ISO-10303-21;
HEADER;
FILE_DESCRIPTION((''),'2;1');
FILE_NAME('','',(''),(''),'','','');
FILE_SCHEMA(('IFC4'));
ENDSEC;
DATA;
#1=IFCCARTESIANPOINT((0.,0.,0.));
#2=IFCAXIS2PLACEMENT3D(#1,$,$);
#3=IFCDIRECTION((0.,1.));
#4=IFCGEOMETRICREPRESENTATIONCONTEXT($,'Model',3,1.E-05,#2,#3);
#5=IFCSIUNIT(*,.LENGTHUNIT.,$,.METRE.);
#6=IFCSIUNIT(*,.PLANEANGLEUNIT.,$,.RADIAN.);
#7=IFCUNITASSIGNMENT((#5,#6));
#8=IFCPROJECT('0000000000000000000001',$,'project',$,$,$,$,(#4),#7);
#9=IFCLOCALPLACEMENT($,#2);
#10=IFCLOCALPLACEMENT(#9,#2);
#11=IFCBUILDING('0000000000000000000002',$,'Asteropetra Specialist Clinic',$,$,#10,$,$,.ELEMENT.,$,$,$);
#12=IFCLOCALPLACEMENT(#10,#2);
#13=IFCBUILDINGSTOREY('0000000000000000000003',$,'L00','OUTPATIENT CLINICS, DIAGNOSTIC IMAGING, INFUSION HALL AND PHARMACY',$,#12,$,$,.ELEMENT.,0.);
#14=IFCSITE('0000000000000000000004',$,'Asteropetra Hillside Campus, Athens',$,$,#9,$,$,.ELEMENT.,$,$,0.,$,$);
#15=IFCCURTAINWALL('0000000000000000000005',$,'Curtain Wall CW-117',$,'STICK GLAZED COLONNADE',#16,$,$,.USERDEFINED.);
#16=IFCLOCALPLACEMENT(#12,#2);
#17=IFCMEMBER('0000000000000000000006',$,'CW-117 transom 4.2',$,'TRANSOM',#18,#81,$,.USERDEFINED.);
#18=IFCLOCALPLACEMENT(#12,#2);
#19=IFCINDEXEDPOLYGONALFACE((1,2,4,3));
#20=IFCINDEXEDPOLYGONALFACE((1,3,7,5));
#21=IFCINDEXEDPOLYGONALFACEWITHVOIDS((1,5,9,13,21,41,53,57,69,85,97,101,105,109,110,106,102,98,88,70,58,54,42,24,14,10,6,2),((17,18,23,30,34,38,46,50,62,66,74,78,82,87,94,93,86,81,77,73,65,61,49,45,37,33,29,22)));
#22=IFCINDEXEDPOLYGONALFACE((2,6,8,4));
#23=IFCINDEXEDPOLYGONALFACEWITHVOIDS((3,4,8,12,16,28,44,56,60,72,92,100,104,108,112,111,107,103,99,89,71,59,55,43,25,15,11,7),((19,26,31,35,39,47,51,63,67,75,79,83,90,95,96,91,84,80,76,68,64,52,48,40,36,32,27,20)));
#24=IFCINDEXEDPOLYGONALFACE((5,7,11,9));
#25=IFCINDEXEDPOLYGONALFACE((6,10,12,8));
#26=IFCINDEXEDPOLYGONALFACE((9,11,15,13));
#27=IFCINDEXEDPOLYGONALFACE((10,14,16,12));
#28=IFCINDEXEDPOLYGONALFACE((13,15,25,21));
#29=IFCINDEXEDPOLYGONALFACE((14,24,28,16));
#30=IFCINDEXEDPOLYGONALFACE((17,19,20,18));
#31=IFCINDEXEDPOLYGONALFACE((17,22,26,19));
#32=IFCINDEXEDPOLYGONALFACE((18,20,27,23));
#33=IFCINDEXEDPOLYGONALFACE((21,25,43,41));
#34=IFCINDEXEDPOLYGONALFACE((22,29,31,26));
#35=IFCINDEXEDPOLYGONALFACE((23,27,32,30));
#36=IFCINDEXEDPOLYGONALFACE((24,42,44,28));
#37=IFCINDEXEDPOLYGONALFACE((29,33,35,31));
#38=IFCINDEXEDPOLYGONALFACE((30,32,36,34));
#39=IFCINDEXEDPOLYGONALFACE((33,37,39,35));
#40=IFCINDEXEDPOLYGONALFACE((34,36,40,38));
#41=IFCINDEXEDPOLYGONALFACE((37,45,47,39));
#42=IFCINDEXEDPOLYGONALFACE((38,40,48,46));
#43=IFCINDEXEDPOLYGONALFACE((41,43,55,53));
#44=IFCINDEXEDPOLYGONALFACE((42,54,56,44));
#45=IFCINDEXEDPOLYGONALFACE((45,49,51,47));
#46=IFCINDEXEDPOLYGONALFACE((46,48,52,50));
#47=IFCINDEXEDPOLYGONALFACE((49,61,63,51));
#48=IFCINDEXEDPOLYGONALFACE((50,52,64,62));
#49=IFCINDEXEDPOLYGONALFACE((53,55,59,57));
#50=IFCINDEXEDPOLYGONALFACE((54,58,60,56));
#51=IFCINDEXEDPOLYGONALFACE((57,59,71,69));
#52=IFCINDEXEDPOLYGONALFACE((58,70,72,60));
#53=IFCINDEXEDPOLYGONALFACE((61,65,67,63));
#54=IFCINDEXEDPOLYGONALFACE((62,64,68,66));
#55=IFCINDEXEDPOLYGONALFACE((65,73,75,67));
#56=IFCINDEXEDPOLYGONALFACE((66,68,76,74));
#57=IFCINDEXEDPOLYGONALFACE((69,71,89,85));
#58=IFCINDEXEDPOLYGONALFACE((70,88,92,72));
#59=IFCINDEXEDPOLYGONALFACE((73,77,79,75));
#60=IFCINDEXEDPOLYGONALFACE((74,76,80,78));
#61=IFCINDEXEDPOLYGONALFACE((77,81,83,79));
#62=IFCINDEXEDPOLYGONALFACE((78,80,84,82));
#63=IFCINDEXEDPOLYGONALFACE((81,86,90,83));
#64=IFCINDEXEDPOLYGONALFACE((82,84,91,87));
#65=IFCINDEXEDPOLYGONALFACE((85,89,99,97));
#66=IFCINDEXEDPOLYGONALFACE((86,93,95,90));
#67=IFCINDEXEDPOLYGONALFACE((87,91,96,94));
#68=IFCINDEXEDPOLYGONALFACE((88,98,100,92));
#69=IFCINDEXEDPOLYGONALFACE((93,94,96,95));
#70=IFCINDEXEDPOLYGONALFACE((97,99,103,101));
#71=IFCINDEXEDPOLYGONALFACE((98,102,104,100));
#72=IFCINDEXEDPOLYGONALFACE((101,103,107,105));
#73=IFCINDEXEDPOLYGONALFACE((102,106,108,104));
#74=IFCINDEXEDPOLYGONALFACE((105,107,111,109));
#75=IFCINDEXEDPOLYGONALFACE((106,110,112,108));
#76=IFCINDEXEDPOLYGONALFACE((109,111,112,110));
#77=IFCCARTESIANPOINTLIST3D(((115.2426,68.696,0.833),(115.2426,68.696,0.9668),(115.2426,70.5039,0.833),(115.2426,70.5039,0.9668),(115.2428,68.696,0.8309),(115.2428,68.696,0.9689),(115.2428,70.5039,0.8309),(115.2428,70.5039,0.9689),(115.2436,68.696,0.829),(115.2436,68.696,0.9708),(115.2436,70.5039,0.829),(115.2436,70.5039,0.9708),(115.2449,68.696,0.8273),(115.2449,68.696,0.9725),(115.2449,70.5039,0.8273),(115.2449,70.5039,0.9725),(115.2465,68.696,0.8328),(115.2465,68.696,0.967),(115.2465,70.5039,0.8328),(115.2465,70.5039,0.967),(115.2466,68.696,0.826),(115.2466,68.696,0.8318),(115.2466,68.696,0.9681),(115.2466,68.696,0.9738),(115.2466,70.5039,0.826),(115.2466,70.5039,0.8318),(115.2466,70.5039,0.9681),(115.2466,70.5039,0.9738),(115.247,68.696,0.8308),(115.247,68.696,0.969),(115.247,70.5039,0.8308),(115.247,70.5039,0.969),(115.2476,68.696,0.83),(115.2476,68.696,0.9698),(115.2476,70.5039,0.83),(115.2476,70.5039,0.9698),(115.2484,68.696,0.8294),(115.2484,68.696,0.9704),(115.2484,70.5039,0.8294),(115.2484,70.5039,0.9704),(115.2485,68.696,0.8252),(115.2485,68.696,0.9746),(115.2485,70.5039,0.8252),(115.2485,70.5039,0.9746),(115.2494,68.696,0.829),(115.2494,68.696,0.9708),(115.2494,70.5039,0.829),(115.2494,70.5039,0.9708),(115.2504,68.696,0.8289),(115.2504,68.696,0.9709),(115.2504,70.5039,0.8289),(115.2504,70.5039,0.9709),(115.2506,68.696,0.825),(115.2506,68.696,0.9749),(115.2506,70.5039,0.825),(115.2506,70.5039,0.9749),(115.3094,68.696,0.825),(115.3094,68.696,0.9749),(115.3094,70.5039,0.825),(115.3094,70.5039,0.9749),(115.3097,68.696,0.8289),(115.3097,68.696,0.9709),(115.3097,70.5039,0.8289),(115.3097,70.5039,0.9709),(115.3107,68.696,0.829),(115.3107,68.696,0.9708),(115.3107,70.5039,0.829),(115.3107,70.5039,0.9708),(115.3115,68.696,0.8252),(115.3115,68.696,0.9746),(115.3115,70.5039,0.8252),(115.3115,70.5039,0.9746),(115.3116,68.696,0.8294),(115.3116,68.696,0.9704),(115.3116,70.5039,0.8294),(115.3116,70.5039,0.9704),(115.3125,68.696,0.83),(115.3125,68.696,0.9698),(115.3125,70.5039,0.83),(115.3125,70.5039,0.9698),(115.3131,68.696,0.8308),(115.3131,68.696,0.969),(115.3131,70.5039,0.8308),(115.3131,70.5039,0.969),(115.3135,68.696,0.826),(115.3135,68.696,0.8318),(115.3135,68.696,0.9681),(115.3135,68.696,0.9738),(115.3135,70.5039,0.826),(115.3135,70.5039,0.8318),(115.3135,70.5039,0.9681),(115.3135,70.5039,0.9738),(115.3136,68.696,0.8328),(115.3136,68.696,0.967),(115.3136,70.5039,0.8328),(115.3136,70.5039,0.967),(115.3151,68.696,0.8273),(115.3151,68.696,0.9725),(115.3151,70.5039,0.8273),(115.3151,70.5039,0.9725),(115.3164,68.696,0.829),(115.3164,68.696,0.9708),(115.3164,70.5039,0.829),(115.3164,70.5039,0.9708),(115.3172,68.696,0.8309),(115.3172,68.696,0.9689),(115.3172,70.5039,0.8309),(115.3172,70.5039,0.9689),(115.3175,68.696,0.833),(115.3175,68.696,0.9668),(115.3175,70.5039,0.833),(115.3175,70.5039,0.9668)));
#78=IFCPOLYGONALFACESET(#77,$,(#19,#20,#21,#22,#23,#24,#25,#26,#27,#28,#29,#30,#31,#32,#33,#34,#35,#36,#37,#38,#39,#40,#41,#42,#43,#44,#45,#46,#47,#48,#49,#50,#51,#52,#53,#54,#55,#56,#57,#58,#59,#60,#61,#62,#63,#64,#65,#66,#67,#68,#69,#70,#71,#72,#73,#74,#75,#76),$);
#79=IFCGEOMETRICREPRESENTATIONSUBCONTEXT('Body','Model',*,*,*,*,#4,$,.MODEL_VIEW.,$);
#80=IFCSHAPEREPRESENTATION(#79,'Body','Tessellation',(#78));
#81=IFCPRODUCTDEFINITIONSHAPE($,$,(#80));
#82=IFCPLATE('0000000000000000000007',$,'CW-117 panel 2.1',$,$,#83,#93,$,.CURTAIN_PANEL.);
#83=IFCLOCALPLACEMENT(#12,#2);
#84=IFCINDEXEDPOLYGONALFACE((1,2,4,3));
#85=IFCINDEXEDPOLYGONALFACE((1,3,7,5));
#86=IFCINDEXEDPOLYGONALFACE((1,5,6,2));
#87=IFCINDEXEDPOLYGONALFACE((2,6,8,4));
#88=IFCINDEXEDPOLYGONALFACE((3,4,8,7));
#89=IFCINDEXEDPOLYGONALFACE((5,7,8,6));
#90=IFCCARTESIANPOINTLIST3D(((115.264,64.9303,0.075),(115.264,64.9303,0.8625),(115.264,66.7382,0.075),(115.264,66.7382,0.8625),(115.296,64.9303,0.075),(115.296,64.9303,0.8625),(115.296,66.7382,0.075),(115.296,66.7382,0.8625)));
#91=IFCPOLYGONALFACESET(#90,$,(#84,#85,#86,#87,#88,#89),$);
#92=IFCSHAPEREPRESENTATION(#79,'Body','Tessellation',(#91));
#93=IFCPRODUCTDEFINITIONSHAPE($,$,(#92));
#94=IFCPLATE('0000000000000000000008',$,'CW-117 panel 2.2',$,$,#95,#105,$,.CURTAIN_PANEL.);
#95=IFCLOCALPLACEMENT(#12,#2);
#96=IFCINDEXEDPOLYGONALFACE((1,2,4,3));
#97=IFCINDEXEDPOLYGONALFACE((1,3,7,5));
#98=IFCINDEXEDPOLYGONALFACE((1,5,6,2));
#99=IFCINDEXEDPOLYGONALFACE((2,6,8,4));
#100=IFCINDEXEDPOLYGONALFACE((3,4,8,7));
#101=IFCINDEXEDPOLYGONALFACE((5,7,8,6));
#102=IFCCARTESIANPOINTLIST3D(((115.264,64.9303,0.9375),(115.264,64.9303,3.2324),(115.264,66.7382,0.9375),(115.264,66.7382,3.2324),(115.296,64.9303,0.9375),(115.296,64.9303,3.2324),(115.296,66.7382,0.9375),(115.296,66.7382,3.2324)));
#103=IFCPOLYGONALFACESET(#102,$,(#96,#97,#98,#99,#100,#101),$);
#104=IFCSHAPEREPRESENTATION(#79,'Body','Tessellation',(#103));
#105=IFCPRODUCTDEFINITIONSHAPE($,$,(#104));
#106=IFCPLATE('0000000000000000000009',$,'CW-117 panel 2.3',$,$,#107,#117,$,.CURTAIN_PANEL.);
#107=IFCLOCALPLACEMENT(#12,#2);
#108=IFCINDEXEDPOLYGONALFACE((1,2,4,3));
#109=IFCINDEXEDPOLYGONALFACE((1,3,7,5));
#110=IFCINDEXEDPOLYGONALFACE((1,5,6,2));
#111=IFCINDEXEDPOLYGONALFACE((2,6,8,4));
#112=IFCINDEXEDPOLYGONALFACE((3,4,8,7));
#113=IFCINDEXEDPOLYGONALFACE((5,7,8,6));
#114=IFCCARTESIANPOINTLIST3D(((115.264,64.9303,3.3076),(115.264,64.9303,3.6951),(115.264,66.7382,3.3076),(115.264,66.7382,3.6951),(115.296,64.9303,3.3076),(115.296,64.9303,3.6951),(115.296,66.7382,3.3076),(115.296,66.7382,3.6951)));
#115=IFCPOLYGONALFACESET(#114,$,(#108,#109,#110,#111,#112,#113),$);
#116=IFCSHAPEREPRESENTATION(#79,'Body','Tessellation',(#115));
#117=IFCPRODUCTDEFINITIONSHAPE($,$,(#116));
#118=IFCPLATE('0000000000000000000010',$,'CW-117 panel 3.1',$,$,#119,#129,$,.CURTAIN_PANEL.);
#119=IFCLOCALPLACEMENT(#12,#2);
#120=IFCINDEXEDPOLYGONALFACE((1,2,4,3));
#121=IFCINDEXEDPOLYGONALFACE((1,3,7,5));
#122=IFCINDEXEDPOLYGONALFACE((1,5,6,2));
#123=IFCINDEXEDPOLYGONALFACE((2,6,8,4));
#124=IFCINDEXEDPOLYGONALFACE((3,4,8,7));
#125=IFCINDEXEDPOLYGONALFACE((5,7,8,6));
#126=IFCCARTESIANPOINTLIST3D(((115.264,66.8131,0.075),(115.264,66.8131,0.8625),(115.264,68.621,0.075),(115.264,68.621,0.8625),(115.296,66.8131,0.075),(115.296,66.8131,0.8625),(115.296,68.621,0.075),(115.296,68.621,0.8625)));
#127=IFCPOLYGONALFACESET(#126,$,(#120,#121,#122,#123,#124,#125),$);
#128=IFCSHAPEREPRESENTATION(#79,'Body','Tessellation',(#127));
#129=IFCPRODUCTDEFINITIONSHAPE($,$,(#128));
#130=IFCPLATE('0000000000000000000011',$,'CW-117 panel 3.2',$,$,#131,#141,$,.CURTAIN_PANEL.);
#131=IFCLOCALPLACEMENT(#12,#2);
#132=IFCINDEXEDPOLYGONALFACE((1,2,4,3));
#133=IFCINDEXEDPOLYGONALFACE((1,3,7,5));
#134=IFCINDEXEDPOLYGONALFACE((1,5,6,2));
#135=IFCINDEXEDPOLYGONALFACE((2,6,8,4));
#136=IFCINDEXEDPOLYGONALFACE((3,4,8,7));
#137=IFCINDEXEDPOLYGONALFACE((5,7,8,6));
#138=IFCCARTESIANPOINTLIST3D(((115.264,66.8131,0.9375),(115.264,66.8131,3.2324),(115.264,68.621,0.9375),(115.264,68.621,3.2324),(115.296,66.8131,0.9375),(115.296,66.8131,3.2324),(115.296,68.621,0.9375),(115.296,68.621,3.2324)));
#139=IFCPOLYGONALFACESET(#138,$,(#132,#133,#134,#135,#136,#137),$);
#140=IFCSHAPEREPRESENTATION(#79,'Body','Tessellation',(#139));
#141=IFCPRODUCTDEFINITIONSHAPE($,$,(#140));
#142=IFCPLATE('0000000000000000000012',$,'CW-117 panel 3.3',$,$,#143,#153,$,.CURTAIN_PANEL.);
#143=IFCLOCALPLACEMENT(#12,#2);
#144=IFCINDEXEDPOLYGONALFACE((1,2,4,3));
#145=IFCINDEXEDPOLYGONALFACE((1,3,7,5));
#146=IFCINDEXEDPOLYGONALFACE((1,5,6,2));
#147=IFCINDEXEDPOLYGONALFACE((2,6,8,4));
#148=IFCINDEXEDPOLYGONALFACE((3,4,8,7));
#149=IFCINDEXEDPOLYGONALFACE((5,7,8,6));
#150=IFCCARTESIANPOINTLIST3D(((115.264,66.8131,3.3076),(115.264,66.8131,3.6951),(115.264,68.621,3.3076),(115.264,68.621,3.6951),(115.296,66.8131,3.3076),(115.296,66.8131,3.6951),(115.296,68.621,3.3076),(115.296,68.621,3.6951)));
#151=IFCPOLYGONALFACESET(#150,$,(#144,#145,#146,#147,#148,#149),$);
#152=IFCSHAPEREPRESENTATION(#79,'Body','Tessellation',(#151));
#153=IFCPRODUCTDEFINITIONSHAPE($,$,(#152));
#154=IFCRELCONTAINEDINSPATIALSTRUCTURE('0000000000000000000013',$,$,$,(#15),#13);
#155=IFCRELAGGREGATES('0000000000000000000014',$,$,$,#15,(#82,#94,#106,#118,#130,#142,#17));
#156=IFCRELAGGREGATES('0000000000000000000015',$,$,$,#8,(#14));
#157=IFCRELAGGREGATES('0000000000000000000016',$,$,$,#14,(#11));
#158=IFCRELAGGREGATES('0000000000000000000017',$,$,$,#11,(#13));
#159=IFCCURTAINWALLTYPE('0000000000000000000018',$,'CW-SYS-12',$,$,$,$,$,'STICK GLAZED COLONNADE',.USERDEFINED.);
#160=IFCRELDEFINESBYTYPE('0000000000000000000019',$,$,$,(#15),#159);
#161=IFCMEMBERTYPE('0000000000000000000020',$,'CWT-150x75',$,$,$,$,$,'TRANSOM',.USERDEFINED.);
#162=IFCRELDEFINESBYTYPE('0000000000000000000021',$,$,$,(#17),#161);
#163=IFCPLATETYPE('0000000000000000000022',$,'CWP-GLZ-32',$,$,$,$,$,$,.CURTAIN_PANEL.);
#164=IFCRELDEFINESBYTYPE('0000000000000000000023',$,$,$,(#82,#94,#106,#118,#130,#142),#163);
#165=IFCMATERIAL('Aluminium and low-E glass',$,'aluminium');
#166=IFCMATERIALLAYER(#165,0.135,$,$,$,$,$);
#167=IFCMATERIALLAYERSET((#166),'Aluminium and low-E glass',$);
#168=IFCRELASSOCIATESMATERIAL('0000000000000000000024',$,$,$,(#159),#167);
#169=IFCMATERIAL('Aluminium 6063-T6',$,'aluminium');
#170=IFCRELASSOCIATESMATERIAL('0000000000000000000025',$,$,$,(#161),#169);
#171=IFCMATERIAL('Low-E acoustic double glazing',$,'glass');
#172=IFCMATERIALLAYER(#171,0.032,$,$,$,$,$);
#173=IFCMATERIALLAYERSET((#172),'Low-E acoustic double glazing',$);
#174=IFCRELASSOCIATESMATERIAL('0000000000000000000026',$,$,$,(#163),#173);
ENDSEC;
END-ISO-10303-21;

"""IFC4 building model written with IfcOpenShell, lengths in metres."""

from ifc_helpers import new_model, si_unit, direction, frame, origin, origin_2d, place, context, subcontext, project, spatial, rectangle, hollow_rectangle, extrude, material, layer, layer_set, material_profile, profile_set, type_object, element, aggregate, save


model = new_model("IFC4")

# Units and contexts
model_context = context("Model", 3, precision=1e-05, world=origin(), true_north=direction((0.0, 1.0)))
body_context = subcontext(model_context, "Body", "Model", "MODEL_VIEW")
ifc_project = project(units=[si_unit("LENGTHUNIT", "METRE"), si_unit("PLANEANGLEUNIT", "RADIAN")], contexts=[model_context])

# Site, building, storey
site_placement = place(None, origin())
site = spatial("IfcSite", under=ifc_project, at=site_placement, Name="Asteropetra Hillside Campus, Athens", CompositionType="ELEMENT", RefElevation=0.0)
building_placement = place(site_placement, origin())
building = spatial("IfcBuilding", under=site, at=building_placement, Name="Asteropetra Specialist Clinic", CompositionType="ELEMENT")
storey_placement = place(building_placement, origin())
storey = spatial("IfcBuildingStorey", under=building, at=storey_placement, Name="L00", Description="OUTPATIENT CLINICS, DIAGNOSTIC IMAGING, INFUSION HALL AND PHARMACY", CompositionType="ELEMENT", Elevation=0.0)

# Curtain wall, member, plates
ifc_material_1 = material(Name="Aluminium and low-E glass", Category="aluminium")
ifc_layer_1 = layer(ifc_material_1, 0.135)
ifc_layer_set_1 = layer_set([ifc_layer_1], Name="Aluminium and low-E glass")
curtain_wall_type = type_object("IfcCurtainWallType", Name="CW-SYS-12", ElementType="STICK GLAZED COLONNADE", PredefinedType="USERDEFINED", material=ifc_layer_set_1)
curtain_wall_placement = place(storey_placement, origin())
curtain_wall = element("IfcCurtainWall", 1, at=curtain_wall_placement, inside=storey, type_object=curtain_wall_type, Name="Curtain Wall CW-117", ObjectType="STICK GLAZED COLONNADE", PredefinedType="USERDEFINED")
ifc_material_2 = material(Name="Aluminium 6063-T6", Category="aluminium")
ifc_material_profile_1 = material_profile(ifc_material_2, hollow_rectangle(XDim=0.075, YDim=0.1499, WallThickness=0.0039, InnerFilletRadius=0.0039, OuterFilletRadius=0.0081, at=origin_2d()), Name="TRN 150x75x4.0")
ifc_profile_set_1 = profile_set([ifc_material_profile_1], Name="Aluminium 6063-T6")
member_type_1 = type_object("IfcMemberType", Name="CWT-150x75", ElementType="TRANSOM", PredefinedType="USERDEFINED", material=ifc_profile_set_1)
member_1_placement = place(storey_placement, frame((115.28, 68.696, 0.8999), z_axis=(0.0, 1.0, 0.0), x_axis=(-1.0, 0.0, 0.0)))
member_1 = element("IfcMember", 2, at=member_1_placement, type_object=member_type_1, Name="CW-117 transom 4.2", ObjectType="TRANSOM", PredefinedType="USERDEFINED", context=body_context, shape_type="SweptSolid", body=[
    extrude(hollow_rectangle(XDim=0.075, YDim=0.1499, WallThickness=0.0039, InnerFilletRadius=0.0039, OuterFilletRadius=0.0081, at=origin_2d()), origin(), (0.0, 0.0, 1.0), 1.8079),
])
ifc_material_3 = material(Name="Low-E acoustic double glazing", Category="glass")
ifc_layer_2 = layer(ifc_material_3, 0.032)
ifc_layer_set_2 = layer_set([ifc_layer_2], Name="Low-E acoustic double glazing")
plate_type = type_object("IfcPlateType", Name="CWP-GLZ-32", PredefinedType="CURTAIN_PANEL", material=ifc_layer_set_2)
plate_1_placement = place(storey_placement, frame((115.28, 65.8342, 0.075), z_axis=(0.0, 0.0, 1.0), x_axis=(0.0, 1.0, 0.0)))
plate_1 = element("IfcPlate", 3, at=plate_1_placement, type_object=plate_type, Name="CW-117 panel 2.1", PredefinedType="CURTAIN_PANEL", context=body_context, shape_type="SweptSolid", body=[
    extrude(rectangle(XDim=1.8079, YDim=0.032, at=origin_2d()), origin(), (0.0, 0.0, 1.0), 0.7876),
])
plate_2_placement = place(storey_placement, frame((115.28, 65.8342, 0.9375), z_axis=(0.0, 0.0, 1.0), x_axis=(0.0, 1.0, 0.0)))
plate_2 = element("IfcPlate", 4, at=plate_2_placement, type_object=plate_type, Name="CW-117 panel 2.2", PredefinedType="CURTAIN_PANEL", context=body_context, shape_type="SweptSolid", body=[
    extrude(rectangle(XDim=1.8079, YDim=0.032, at=origin_2d()), origin(), (0.0, 0.0, 1.0), 2.2949),
])
plate_3_placement = place(storey_placement, frame((115.28, 65.8342, 3.3076), z_axis=(0.0, 0.0, 1.0), x_axis=(0.0, 1.0, 0.0)))
plate_3 = element("IfcPlate", 5, at=plate_3_placement, type_object=plate_type, Name="CW-117 panel 2.3", PredefinedType="CURTAIN_PANEL", context=body_context, shape_type="SweptSolid", body=[
    extrude(rectangle(XDim=1.8079, YDim=0.032, at=origin_2d()), origin(), (0.0, 0.0, 1.0), 0.3875),
])
plate_4_placement = place(storey_placement, frame((115.28, 67.717, 0.075), z_axis=(0.0, 0.0, 1.0), x_axis=(0.0, 1.0, 0.0)))
plate_4 = element("IfcPlate", 6, at=plate_4_placement, type_object=plate_type, Name="CW-117 panel 3.1", PredefinedType="CURTAIN_PANEL", context=body_context, shape_type="SweptSolid", body=[
    extrude(rectangle(XDim=1.8079, YDim=0.032, at=origin_2d()), origin(), (0.0, 0.0, 1.0), 0.7876),
])
plate_5_placement = place(storey_placement, frame((115.28, 67.717, 0.9375), z_axis=(0.0, 0.0, 1.0), x_axis=(0.0, 1.0, 0.0)))
plate_5 = element("IfcPlate", 7, at=plate_5_placement, type_object=plate_type, Name="CW-117 panel 3.2", PredefinedType="CURTAIN_PANEL", context=body_context, shape_type="SweptSolid", body=[
    extrude(rectangle(XDim=1.8079, YDim=0.032, at=origin_2d()), origin(), (0.0, 0.0, 1.0), 2.2949),
])
plate_6_placement = place(storey_placement, frame((115.28, 67.717, 3.3076), z_axis=(0.0, 0.0, 1.0), x_axis=(0.0, 1.0, 0.0)))
plate_6 = element("IfcPlate", 8, at=plate_6_placement, type_object=plate_type, Name="CW-117 panel 3.3", PredefinedType="CURTAIN_PANEL", context=body_context, shape_type="SweptSolid", body=[
    extrude(rectangle(XDim=1.8079, YDim=0.032, at=origin_2d()), origin(), (0.0, 0.0, 1.0), 0.3875),
])
aggregate(curtain_wall, [plate_1, plate_2, plate_3, plate_4, plate_5, plate_6, member_1])

save(model, "model.ifc")
